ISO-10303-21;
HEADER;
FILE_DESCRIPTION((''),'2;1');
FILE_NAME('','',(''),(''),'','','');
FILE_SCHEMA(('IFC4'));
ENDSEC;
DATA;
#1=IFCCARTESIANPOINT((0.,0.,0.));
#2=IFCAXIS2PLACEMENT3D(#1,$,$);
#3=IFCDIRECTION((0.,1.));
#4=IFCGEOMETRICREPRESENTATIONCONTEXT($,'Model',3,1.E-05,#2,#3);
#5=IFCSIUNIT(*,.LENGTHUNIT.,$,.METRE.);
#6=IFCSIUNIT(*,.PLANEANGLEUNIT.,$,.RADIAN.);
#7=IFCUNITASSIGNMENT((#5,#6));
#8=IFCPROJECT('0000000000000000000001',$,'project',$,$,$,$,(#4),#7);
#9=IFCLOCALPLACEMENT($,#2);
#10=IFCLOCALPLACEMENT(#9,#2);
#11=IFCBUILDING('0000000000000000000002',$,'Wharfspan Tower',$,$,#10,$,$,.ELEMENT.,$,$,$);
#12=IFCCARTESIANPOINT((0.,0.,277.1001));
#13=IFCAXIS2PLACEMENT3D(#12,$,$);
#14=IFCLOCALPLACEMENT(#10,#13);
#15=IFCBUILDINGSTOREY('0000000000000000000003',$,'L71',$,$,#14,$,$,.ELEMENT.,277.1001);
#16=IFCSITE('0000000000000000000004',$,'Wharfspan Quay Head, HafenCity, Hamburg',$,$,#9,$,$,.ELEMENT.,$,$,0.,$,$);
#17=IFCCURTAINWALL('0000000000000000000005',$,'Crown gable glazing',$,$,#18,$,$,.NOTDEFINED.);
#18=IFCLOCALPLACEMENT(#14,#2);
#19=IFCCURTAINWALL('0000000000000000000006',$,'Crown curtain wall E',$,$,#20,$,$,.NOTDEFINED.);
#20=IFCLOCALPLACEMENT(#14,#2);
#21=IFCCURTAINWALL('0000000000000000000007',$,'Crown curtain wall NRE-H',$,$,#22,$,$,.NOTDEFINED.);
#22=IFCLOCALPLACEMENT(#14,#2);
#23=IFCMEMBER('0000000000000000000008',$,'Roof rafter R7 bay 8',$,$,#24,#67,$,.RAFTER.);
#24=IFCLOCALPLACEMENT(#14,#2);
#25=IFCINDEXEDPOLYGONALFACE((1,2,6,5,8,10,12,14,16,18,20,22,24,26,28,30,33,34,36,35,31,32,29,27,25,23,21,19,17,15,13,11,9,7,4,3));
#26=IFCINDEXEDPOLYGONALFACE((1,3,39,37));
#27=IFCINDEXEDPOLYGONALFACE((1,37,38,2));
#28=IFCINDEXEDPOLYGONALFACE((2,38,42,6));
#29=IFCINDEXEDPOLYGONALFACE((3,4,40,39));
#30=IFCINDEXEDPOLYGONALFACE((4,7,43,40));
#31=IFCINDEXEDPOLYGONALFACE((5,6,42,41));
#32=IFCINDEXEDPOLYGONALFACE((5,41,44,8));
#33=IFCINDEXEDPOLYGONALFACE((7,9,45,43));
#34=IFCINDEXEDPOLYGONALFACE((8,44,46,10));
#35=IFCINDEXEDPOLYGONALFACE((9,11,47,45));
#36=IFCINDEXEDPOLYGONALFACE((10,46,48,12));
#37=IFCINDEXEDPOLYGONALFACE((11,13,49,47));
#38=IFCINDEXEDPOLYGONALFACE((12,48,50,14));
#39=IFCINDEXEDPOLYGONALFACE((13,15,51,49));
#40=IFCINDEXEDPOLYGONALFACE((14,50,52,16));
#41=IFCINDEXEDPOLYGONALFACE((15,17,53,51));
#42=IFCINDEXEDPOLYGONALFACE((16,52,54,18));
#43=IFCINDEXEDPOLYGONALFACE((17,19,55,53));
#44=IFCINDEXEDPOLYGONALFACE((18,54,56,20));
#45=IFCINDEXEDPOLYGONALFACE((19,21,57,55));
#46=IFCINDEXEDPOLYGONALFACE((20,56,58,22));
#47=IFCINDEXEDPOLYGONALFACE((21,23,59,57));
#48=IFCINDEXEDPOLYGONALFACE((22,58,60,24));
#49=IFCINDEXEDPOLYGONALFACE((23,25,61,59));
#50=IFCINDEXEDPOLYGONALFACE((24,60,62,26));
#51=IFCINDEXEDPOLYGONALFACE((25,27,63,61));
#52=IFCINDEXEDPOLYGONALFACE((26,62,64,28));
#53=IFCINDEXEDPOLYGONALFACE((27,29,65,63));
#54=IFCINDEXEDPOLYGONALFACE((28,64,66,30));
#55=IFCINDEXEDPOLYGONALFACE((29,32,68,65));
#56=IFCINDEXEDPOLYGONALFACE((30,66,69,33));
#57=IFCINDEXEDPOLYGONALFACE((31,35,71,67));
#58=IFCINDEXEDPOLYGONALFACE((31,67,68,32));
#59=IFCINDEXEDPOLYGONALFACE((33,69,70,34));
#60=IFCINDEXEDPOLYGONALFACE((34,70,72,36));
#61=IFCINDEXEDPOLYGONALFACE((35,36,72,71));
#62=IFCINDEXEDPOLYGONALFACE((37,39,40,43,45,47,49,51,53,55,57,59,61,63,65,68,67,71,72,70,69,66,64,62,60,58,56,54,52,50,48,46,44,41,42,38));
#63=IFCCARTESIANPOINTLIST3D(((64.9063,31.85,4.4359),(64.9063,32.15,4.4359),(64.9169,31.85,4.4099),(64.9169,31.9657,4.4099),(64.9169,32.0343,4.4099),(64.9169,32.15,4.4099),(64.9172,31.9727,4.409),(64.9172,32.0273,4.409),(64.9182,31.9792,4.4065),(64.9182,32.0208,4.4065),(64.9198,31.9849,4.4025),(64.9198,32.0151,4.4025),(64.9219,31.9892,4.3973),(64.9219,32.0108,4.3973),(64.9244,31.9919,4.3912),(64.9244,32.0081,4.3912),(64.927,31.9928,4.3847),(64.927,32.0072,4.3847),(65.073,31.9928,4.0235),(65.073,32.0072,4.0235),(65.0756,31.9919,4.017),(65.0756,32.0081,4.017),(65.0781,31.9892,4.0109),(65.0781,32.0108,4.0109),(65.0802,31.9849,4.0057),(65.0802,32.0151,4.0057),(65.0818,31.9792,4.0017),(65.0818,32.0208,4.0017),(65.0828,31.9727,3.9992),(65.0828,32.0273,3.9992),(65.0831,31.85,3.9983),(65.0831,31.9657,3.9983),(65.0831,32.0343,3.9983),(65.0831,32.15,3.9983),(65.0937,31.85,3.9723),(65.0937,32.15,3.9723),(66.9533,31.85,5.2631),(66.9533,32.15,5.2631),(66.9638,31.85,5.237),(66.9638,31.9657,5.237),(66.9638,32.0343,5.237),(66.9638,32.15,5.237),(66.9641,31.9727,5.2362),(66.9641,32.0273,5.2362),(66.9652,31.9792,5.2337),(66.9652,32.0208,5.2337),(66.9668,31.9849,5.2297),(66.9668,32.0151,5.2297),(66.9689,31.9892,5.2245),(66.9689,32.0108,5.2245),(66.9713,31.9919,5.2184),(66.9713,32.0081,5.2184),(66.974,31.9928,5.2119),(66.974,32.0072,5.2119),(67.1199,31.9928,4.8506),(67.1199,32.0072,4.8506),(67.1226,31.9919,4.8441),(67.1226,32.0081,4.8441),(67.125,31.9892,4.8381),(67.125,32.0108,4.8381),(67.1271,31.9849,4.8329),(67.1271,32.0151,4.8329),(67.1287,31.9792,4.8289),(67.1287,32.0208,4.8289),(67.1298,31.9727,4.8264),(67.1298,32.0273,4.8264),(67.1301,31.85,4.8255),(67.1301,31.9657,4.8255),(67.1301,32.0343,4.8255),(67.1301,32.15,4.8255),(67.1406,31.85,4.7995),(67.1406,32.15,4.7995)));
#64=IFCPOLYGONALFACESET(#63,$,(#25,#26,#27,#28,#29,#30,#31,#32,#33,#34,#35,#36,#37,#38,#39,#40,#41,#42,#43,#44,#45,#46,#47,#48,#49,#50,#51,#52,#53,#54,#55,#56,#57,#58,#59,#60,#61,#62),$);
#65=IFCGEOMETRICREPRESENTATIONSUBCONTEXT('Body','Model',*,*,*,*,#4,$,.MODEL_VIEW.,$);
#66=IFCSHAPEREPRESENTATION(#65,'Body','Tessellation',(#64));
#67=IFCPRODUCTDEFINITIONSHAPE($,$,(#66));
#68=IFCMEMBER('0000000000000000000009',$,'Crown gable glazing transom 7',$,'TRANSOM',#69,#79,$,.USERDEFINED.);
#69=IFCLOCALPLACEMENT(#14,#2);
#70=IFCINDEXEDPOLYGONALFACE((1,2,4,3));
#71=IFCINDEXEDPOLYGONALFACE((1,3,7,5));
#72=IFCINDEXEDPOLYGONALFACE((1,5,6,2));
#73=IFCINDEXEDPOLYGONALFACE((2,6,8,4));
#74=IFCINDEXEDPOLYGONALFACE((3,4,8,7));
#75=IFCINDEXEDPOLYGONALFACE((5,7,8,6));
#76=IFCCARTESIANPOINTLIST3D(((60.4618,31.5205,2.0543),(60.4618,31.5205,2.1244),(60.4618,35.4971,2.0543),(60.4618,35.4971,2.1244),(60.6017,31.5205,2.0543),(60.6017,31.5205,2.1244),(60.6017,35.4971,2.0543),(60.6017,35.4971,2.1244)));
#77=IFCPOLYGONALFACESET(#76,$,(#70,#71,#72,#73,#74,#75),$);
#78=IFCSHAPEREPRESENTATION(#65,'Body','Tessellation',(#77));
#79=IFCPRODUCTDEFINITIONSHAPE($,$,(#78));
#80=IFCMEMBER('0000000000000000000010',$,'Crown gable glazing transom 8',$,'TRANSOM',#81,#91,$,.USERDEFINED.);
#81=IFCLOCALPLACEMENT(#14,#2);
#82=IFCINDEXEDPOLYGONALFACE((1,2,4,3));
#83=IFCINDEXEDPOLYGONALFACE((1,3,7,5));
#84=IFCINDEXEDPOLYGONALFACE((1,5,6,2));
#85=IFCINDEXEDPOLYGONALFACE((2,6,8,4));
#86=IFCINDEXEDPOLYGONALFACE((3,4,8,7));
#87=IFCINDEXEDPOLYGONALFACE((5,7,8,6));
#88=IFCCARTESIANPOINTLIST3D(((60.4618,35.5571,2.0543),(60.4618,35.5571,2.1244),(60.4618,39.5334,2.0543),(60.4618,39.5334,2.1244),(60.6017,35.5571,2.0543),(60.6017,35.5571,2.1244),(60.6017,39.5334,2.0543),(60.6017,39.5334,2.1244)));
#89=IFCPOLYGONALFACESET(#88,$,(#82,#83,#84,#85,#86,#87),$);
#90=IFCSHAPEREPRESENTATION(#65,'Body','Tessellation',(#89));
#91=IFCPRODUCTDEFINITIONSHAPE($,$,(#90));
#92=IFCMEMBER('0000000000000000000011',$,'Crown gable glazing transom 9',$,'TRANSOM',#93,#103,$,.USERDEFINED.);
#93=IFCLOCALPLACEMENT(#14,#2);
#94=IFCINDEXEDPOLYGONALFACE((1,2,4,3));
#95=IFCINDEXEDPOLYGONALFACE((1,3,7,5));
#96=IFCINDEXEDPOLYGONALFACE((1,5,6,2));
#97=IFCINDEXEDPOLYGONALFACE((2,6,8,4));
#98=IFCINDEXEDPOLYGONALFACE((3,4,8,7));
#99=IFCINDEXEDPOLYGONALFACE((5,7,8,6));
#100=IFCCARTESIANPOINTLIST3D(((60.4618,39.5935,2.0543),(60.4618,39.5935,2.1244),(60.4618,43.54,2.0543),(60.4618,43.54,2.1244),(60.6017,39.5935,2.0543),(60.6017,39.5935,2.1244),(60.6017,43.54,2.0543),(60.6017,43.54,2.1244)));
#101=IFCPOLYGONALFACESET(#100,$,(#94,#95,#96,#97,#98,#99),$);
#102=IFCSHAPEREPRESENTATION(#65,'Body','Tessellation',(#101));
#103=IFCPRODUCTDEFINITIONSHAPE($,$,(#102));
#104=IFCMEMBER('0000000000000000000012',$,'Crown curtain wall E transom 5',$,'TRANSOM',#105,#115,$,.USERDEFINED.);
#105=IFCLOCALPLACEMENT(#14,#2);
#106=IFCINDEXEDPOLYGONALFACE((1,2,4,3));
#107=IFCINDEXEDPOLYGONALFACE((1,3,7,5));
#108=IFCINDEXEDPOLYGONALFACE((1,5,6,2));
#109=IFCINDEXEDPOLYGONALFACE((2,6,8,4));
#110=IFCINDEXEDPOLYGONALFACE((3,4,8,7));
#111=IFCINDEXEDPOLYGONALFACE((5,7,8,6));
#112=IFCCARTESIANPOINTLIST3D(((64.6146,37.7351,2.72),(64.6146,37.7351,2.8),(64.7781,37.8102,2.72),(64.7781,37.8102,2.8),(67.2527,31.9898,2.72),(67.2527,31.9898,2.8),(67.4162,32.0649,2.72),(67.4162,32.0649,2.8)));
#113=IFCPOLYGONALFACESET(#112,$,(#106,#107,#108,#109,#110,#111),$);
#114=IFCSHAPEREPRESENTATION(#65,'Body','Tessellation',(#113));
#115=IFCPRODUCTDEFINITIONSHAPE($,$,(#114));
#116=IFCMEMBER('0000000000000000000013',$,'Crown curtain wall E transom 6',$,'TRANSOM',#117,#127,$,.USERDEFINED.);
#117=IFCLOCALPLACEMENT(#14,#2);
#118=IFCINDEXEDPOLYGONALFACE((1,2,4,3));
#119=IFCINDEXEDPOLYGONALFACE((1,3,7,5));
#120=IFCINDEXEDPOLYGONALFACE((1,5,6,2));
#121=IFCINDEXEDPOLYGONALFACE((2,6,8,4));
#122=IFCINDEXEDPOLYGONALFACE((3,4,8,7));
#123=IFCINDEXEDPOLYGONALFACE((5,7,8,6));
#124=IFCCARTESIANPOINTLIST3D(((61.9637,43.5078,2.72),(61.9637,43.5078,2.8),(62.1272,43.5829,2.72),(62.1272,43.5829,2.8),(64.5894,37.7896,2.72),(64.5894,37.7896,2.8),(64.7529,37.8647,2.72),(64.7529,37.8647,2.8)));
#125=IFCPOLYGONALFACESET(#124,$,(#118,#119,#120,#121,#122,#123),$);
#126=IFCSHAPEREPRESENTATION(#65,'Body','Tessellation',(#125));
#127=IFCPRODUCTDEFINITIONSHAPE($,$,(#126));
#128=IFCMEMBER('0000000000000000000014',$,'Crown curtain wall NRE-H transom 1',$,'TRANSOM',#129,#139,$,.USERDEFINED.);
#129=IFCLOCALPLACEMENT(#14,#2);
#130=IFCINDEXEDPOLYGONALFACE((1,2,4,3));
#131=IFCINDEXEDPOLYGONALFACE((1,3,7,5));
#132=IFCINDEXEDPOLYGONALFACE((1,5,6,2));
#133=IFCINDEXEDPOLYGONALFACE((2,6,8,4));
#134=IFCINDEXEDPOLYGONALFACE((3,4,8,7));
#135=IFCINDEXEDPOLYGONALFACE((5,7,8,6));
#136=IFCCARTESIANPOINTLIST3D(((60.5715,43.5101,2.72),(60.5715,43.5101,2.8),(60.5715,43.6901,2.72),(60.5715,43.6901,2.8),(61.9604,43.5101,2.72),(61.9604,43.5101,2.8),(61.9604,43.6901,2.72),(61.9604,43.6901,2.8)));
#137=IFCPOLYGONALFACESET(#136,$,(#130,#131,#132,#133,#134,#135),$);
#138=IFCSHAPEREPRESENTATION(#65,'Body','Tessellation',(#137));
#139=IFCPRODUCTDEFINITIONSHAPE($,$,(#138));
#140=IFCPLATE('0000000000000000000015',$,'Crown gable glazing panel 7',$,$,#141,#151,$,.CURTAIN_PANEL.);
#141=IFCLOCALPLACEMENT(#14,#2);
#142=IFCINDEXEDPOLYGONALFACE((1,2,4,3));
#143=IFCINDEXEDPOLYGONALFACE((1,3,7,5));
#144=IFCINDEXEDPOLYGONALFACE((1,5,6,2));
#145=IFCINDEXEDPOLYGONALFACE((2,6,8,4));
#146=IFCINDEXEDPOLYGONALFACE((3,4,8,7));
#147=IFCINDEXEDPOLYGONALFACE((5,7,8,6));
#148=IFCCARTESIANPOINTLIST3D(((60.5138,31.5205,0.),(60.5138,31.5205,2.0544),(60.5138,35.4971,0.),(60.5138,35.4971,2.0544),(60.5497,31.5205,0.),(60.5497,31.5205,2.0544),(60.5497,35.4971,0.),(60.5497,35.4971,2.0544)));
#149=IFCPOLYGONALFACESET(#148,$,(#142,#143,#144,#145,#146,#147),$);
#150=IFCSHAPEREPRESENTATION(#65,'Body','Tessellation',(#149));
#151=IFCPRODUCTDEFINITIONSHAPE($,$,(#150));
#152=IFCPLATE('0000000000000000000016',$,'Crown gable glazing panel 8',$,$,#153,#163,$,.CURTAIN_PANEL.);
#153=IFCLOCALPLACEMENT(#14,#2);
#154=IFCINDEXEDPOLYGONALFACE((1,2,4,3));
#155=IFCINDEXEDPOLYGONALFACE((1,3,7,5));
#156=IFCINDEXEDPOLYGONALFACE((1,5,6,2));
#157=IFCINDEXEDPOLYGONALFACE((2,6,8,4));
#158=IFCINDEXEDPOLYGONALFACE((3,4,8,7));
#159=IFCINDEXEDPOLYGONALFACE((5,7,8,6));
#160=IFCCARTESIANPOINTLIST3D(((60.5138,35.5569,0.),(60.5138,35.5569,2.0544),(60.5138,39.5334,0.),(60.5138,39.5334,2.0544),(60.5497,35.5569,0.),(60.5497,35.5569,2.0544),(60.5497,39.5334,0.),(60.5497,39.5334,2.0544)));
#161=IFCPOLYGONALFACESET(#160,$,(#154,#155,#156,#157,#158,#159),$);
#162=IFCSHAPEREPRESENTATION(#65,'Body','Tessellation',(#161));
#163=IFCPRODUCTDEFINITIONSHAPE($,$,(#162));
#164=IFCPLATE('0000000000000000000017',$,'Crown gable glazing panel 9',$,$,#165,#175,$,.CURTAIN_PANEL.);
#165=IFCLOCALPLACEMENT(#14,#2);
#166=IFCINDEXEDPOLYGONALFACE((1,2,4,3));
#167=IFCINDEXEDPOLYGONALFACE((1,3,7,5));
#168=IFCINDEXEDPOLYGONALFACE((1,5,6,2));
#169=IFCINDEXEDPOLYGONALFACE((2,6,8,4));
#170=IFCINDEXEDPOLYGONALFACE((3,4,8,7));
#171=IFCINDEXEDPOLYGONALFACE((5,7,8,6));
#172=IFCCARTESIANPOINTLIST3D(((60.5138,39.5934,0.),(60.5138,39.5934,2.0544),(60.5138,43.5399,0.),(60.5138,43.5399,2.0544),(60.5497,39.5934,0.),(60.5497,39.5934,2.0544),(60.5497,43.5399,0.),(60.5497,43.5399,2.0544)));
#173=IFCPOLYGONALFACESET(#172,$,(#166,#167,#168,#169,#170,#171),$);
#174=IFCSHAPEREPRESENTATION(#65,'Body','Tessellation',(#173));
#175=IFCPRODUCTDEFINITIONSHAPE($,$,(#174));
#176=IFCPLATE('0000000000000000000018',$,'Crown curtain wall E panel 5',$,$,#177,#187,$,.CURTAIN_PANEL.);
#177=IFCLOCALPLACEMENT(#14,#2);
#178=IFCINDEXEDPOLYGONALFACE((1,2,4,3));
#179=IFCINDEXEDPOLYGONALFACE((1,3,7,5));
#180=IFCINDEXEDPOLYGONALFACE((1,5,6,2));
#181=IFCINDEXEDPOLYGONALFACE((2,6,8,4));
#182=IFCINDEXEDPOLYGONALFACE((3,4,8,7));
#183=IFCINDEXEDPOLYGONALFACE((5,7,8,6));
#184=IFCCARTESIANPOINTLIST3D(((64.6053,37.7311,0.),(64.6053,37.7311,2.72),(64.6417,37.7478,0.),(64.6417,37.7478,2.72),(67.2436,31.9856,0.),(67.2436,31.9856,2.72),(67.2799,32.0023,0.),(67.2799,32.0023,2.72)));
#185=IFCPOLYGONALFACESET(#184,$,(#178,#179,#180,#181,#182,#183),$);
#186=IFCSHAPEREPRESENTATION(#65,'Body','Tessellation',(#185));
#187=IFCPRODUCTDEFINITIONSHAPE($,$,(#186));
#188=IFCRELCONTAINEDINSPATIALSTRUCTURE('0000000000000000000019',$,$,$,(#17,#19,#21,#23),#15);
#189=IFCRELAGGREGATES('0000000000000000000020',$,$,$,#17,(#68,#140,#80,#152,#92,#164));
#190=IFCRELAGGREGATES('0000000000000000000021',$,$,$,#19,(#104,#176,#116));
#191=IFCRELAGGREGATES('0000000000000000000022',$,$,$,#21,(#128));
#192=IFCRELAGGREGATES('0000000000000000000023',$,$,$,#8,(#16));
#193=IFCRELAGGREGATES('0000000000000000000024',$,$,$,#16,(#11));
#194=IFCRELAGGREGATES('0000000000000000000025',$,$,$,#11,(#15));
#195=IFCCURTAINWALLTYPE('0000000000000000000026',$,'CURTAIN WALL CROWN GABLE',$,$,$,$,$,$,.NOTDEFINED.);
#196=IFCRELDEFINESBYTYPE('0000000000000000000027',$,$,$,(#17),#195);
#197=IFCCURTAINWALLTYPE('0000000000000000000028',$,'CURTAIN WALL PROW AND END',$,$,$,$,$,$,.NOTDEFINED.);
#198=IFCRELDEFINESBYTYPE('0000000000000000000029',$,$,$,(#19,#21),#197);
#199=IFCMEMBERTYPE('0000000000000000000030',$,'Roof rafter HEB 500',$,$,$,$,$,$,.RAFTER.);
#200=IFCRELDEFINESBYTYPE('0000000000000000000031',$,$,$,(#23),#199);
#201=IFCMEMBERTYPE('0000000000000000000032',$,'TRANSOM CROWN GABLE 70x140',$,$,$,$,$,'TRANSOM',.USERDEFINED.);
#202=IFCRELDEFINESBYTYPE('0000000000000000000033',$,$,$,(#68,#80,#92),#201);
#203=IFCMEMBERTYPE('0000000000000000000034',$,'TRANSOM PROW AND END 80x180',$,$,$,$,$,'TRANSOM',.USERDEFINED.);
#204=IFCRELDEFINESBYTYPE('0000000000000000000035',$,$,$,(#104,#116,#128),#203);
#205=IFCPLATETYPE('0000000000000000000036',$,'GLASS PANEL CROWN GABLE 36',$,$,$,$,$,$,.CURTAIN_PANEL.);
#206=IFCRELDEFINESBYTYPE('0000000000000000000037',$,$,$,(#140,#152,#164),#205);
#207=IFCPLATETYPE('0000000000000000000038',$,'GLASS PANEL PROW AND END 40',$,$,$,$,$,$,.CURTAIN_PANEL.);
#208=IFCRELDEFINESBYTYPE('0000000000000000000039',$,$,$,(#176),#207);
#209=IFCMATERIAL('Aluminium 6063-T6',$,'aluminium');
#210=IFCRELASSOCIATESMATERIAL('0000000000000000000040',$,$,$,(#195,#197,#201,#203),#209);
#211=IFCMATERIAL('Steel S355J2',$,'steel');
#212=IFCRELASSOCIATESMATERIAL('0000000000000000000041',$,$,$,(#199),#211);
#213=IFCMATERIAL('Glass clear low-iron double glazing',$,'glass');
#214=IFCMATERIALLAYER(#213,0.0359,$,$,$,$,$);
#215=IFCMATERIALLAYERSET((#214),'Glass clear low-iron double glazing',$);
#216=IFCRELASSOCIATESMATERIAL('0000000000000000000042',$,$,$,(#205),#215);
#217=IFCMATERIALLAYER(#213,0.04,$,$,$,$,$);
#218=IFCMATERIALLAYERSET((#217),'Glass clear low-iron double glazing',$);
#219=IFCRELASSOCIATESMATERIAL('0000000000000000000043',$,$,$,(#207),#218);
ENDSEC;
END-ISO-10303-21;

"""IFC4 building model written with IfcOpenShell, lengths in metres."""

from ifc_helpers import new_model, si_unit, direction, frame, origin, origin_2d, place, context, subcontext, project, spatial, rectangle, i_section, extrude, material, layer, layer_set, material_profile, profile_set, type_object, element, aggregate, save


model = new_model("IFC4")

# Units and contexts
model_context = context("Model", 3, precision=1e-05, world=origin(), true_north=direction((0.0, 1.0)))
body_context = subcontext(model_context, "Body", "Model", "MODEL_VIEW")
ifc_project = project(units=[si_unit("LENGTHUNIT", "METRE"), si_unit("PLANEANGLEUNIT", "RADIAN")], contexts=[model_context])

# Site, building, storey
site_placement = place(None, origin())
site = spatial("IfcSite", under=ifc_project, at=site_placement, Name="Wharfspan Quay Head, HafenCity, Hamburg", CompositionType="ELEMENT", RefElevation=0.0)
building_placement = place(site_placement, origin())
building = spatial("IfcBuilding", under=site, at=building_placement, Name="Wharfspan Tower", CompositionType="ELEMENT")
storey_placement = place(building_placement, frame((0.0, 0.0, 277.1001)))
storey = spatial("IfcBuildingStorey", under=building, at=storey_placement, Name="L71", CompositionType="ELEMENT", Elevation=277.1001)

# Shared definitions
ifc_material_1 = material(Name="Steel S355J2", Category="steel")

# Curtain walls
ifc_material_2 = material(Name="Aluminium 6063-T6", Category="aluminium")
curtain_wall_type_1 = type_object("IfcCurtainWallType", Name="CURTAIN WALL CROWN GABLE", PredefinedType="NOTDEFINED", material=ifc_material_2)
curtain_wall_1_placement = place(storey_placement, origin())
curtain_wall_1 = element("IfcCurtainWall", 1, at=curtain_wall_1_placement, inside=storey, type_object=curtain_wall_type_1, Name="Crown gable glazing", PredefinedType="NOTDEFINED")
curtain_wall_type_2 = type_object("IfcCurtainWallType", Name="CURTAIN WALL PROW AND END", PredefinedType="NOTDEFINED", material=ifc_material_2)
curtain_wall_2_placement = place(storey_placement, origin())
curtain_wall_2 = element("IfcCurtainWall", 2, at=curtain_wall_2_placement, inside=storey, type_object=curtain_wall_type_2, Name="Crown curtain wall E", PredefinedType="NOTDEFINED")
curtain_wall_3_placement = place(storey_placement, origin())
curtain_wall_3 = element("IfcCurtainWall", 3, at=curtain_wall_3_placement, inside=storey, type_object=curtain_wall_type_2, Name="Crown curtain wall NRE-H", PredefinedType="NOTDEFINED")

# Members
ifc_material_profile_1 = material_profile(ifc_material_1, i_section(OverallWidth=0.3, OverallDepth=0.5, WebThickness=0.0144, FlangeThickness=0.0281, FilletRadius=0.0271, at=origin_2d()))
ifc_profile_set_1 = profile_set([ifc_material_profile_1], Name="Steel S355J2")
member_type_1 = type_object("IfcMemberType", Name="Roof rafter HEB 500", PredefinedType="RAFTER", material=ifc_profile_set_1)
member_1_placement = place(storey_placement, frame((65.0, 32.0, 4.2041), z_axis=(0.927159, 0.0, 0.374668), x_axis=(0.0, 1.0, 0.0)))
element("IfcMember", 4, at=member_1_placement, inside=storey, type_object=member_type_1, Name="Roof rafter R7 bay 8", PredefinedType="RAFTER", context=body_context, shape_type="SweptSolid", body=[
    extrude(i_section(OverallWidth=0.3, OverallDepth=0.5, WebThickness=0.0144, FlangeThickness=0.0281, FilletRadius=0.0271, at=origin_2d()), origin(), (0.0, 0.0, 1.0), 2.2078),
])
ifc_material_profile_2 = material_profile(ifc_material_2, rectangle(XDim=0.1399, YDim=0.0701, at=origin_2d()))
ifc_profile_set_2 = profile_set([ifc_material_profile_2], Name="Aluminium 6063-T6")
member_type_2 = type_object("IfcMemberType", Name="TRANSOM CROWN GABLE 70x140", ElementType="TRANSOM", PredefinedType="USERDEFINED", material=ifc_profile_set_2)
member_2_placement = place(storey_placement, frame((60.5317, 31.5205, 2.0894), z_axis=(0.0, 1.0, 0.0), x_axis=(-1.0, 0.0, 0.0)))
member_2 = element("IfcMember", 5, at=member_2_placement, type_object=member_type_2, Name="Crown gable glazing transom 7", ObjectType="TRANSOM", PredefinedType="USERDEFINED", context=body_context, shape_type="SweptSolid", body=[
    extrude(rectangle(XDim=0.1399, YDim=0.0701, at=origin_2d()), origin(), (0.0, 0.0, 1.0), 3.9766),
])
member_3_placement = place(storey_placement, frame((60.5317, 35.5571, 2.0894), z_axis=(0.0, 1.0, 0.0), x_axis=(-1.0, 0.0, 0.0)))
member_3 = element("IfcMember", 6, at=member_3_placement, type_object=member_type_2, Name="Crown gable glazing transom 8", ObjectType="TRANSOM", PredefinedType="USERDEFINED", context=body_context, shape_type="SweptSolid", body=[
    extrude(rectangle(XDim=0.1399, YDim=0.0701, at=origin_2d()), origin(), (0.0, 0.0, 1.0), 3.9763),
])
member_4_placement = place(storey_placement, frame((60.5317, 39.5935, 2.0894), z_axis=(0.0, 1.0, 0.0), x_axis=(-1.0, 0.0, 0.0)))
member_4 = element("IfcMember", 7, at=member_4_placement, type_object=member_type_2, Name="Crown gable glazing transom 9", ObjectType="TRANSOM", PredefinedType="USERDEFINED", context=body_context, shape_type="SweptSolid", body=[
    extrude(rectangle(XDim=0.1399, YDim=0.0701, at=origin_2d()), origin(), (0.0, 0.0, 1.0), 3.9465),
])
ifc_material_profile_3 = material_profile(ifc_material_2, rectangle(XDim=0.1799, YDim=0.0801, at=origin_2d()))
ifc_profile_set_3 = profile_set([ifc_material_profile_3], Name="Aluminium 6063-T6")
member_type_3 = type_object("IfcMemberType", Name="TRANSOM PROW AND END 80x180", ElementType="TRANSOM", PredefinedType="USERDEFINED", material=ifc_profile_set_3)
member_5_placement = place(storey_placement, frame((67.3345, 32.0273, 2.76), z_axis=(-0.417294, 0.908771, 0.0), x_axis=(-0.908771, -0.417294, 0.0)))
member_5 = element("IfcMember", 8, at=member_5_placement, type_object=member_type_3, Name="Crown curtain wall E transom 5", ObjectType="TRANSOM", PredefinedType="USERDEFINED", context=body_context, shape_type="SweptSolid", body=[
    extrude(rectangle(XDim=0.1799, YDim=0.0801, at=origin_2d()), origin(), (0.0, 0.0, 1.0), 6.322),
])
member_6_placement = place(storey_placement, frame((64.6711, 37.8271, 2.76), z_axis=(-0.417293, 0.908772, 0.0), x_axis=(-0.908772, -0.417293, 0.0)))
member_6 = element("IfcMember", 9, at=member_6_placement, type_object=member_type_3, Name="Crown curtain wall E transom 6", ObjectType="TRANSOM", PredefinedType="USERDEFINED", context=body_context, shape_type="SweptSolid", body=[
    extrude(rectangle(XDim=0.1799, YDim=0.0801, at=origin_2d()), origin(), (0.0, 0.0, 1.0), 6.2922),
])
member_7_placement = place(storey_placement, frame((61.9604, 43.6001, 2.76), z_axis=(-1.0, 0.0, 0.0), x_axis=(0.0, -1.0, 0.0)))
member_7 = element("IfcMember", 10, at=member_7_placement, type_object=member_type_3, Name="Crown curtain wall NRE-H transom 1", ObjectType="TRANSOM", PredefinedType="USERDEFINED", context=body_context, shape_type="SweptSolid", body=[
    extrude(rectangle(XDim=0.1799, YDim=0.0801, at=origin_2d()), origin(), (0.0, 0.0, 1.0), 1.3889),
])

# Plates
ifc_material_3 = material(Name="Glass clear low-iron double glazing", Category="glass")
ifc_layer_1 = layer(ifc_material_3, 0.0359)
ifc_layer_set_1 = layer_set([ifc_layer_1], Name="Glass clear low-iron double glazing")
plate_type_1 = type_object("IfcPlateType", Name="GLASS PANEL CROWN GABLE 36", PredefinedType="CURTAIN_PANEL", material=ifc_layer_set_1)
plate_1_placement = place(storey_placement, frame((60.5317, 33.5088, 0.0), z_axis=(0.0, 0.0, 1.0), x_axis=(0.0, 1.0, 0.0)))
plate_1 = element("IfcPlate", 11, at=plate_1_placement, type_object=plate_type_1, Name="Crown gable glazing panel 7", PredefinedType="CURTAIN_PANEL", context=body_context, shape_type="SweptSolid", body=[
    extrude(rectangle(XDim=3.9766, YDim=0.0359, at=origin_2d()), origin(), (0.0, 0.0, 1.0), 2.0544),
])
plate_2_placement = place(storey_placement, frame((60.5317, 37.5452, 0.0), z_axis=(0.0, 0.0, 1.0), x_axis=(0.0, 1.0, 0.0)))
plate_2 = element("IfcPlate", 12, at=plate_2_placement, type_object=plate_type_1, Name="Crown gable glazing panel 8", PredefinedType="CURTAIN_PANEL", context=body_context, shape_type="SweptSolid", body=[
    extrude(rectangle(XDim=3.9766, YDim=0.0359, at=origin_2d()), origin(), (0.0, 0.0, 1.0), 2.0544),
])
plate_3_placement = place(storey_placement, frame((60.5317, 41.5667, 0.0), z_axis=(0.0, 0.0, 1.0), x_axis=(0.0, 1.0, 0.0)))
plate_3 = element("IfcPlate", 13, at=plate_3_placement, type_object=plate_type_1, Name="Crown gable glazing panel 9", PredefinedType="CURTAIN_PANEL", context=body_context, shape_type="SweptSolid", body=[
    extrude(rectangle(XDim=3.9465, YDim=0.0359, at=origin_2d()), origin(), (0.0, 0.0, 1.0), 2.0544),
])
aggregate(curtain_wall_1, [member_2, plate_1, member_3, plate_2, member_4, plate_3])
ifc_layer_2 = layer(ifc_material_3, 0.04)
ifc_layer_set_2 = layer_set([ifc_layer_2], Name="Glass clear low-iron double glazing")
plate_type_2 = type_object("IfcPlateType", Name="GLASS PANEL PROW AND END 40", PredefinedType="CURTAIN_PANEL", material=ifc_layer_set_2)
plate_4_placement = place(storey_placement, frame((65.9426, 34.8667, 0.0), z_axis=(0.0, 0.0, 1.0), x_axis=(-0.417292, 0.908769, 0.0)))
plate_4 = element("IfcPlate", 14, at=plate_4_placement, type_object=plate_type_2, Name="Crown curtain wall E panel 5", PredefinedType="CURTAIN_PANEL", context=body_context, shape_type="SweptSolid", body=[
    extrude(rectangle(XDim=6.3223, YDim=0.04, at=origin_2d()), origin(), (0.0, 0.0, 1.0), 2.72),
])
aggregate(curtain_wall_2, [member_5, plate_4, member_6])
aggregate(curtain_wall_3, [member_7])

save(model, "model.ifc")
